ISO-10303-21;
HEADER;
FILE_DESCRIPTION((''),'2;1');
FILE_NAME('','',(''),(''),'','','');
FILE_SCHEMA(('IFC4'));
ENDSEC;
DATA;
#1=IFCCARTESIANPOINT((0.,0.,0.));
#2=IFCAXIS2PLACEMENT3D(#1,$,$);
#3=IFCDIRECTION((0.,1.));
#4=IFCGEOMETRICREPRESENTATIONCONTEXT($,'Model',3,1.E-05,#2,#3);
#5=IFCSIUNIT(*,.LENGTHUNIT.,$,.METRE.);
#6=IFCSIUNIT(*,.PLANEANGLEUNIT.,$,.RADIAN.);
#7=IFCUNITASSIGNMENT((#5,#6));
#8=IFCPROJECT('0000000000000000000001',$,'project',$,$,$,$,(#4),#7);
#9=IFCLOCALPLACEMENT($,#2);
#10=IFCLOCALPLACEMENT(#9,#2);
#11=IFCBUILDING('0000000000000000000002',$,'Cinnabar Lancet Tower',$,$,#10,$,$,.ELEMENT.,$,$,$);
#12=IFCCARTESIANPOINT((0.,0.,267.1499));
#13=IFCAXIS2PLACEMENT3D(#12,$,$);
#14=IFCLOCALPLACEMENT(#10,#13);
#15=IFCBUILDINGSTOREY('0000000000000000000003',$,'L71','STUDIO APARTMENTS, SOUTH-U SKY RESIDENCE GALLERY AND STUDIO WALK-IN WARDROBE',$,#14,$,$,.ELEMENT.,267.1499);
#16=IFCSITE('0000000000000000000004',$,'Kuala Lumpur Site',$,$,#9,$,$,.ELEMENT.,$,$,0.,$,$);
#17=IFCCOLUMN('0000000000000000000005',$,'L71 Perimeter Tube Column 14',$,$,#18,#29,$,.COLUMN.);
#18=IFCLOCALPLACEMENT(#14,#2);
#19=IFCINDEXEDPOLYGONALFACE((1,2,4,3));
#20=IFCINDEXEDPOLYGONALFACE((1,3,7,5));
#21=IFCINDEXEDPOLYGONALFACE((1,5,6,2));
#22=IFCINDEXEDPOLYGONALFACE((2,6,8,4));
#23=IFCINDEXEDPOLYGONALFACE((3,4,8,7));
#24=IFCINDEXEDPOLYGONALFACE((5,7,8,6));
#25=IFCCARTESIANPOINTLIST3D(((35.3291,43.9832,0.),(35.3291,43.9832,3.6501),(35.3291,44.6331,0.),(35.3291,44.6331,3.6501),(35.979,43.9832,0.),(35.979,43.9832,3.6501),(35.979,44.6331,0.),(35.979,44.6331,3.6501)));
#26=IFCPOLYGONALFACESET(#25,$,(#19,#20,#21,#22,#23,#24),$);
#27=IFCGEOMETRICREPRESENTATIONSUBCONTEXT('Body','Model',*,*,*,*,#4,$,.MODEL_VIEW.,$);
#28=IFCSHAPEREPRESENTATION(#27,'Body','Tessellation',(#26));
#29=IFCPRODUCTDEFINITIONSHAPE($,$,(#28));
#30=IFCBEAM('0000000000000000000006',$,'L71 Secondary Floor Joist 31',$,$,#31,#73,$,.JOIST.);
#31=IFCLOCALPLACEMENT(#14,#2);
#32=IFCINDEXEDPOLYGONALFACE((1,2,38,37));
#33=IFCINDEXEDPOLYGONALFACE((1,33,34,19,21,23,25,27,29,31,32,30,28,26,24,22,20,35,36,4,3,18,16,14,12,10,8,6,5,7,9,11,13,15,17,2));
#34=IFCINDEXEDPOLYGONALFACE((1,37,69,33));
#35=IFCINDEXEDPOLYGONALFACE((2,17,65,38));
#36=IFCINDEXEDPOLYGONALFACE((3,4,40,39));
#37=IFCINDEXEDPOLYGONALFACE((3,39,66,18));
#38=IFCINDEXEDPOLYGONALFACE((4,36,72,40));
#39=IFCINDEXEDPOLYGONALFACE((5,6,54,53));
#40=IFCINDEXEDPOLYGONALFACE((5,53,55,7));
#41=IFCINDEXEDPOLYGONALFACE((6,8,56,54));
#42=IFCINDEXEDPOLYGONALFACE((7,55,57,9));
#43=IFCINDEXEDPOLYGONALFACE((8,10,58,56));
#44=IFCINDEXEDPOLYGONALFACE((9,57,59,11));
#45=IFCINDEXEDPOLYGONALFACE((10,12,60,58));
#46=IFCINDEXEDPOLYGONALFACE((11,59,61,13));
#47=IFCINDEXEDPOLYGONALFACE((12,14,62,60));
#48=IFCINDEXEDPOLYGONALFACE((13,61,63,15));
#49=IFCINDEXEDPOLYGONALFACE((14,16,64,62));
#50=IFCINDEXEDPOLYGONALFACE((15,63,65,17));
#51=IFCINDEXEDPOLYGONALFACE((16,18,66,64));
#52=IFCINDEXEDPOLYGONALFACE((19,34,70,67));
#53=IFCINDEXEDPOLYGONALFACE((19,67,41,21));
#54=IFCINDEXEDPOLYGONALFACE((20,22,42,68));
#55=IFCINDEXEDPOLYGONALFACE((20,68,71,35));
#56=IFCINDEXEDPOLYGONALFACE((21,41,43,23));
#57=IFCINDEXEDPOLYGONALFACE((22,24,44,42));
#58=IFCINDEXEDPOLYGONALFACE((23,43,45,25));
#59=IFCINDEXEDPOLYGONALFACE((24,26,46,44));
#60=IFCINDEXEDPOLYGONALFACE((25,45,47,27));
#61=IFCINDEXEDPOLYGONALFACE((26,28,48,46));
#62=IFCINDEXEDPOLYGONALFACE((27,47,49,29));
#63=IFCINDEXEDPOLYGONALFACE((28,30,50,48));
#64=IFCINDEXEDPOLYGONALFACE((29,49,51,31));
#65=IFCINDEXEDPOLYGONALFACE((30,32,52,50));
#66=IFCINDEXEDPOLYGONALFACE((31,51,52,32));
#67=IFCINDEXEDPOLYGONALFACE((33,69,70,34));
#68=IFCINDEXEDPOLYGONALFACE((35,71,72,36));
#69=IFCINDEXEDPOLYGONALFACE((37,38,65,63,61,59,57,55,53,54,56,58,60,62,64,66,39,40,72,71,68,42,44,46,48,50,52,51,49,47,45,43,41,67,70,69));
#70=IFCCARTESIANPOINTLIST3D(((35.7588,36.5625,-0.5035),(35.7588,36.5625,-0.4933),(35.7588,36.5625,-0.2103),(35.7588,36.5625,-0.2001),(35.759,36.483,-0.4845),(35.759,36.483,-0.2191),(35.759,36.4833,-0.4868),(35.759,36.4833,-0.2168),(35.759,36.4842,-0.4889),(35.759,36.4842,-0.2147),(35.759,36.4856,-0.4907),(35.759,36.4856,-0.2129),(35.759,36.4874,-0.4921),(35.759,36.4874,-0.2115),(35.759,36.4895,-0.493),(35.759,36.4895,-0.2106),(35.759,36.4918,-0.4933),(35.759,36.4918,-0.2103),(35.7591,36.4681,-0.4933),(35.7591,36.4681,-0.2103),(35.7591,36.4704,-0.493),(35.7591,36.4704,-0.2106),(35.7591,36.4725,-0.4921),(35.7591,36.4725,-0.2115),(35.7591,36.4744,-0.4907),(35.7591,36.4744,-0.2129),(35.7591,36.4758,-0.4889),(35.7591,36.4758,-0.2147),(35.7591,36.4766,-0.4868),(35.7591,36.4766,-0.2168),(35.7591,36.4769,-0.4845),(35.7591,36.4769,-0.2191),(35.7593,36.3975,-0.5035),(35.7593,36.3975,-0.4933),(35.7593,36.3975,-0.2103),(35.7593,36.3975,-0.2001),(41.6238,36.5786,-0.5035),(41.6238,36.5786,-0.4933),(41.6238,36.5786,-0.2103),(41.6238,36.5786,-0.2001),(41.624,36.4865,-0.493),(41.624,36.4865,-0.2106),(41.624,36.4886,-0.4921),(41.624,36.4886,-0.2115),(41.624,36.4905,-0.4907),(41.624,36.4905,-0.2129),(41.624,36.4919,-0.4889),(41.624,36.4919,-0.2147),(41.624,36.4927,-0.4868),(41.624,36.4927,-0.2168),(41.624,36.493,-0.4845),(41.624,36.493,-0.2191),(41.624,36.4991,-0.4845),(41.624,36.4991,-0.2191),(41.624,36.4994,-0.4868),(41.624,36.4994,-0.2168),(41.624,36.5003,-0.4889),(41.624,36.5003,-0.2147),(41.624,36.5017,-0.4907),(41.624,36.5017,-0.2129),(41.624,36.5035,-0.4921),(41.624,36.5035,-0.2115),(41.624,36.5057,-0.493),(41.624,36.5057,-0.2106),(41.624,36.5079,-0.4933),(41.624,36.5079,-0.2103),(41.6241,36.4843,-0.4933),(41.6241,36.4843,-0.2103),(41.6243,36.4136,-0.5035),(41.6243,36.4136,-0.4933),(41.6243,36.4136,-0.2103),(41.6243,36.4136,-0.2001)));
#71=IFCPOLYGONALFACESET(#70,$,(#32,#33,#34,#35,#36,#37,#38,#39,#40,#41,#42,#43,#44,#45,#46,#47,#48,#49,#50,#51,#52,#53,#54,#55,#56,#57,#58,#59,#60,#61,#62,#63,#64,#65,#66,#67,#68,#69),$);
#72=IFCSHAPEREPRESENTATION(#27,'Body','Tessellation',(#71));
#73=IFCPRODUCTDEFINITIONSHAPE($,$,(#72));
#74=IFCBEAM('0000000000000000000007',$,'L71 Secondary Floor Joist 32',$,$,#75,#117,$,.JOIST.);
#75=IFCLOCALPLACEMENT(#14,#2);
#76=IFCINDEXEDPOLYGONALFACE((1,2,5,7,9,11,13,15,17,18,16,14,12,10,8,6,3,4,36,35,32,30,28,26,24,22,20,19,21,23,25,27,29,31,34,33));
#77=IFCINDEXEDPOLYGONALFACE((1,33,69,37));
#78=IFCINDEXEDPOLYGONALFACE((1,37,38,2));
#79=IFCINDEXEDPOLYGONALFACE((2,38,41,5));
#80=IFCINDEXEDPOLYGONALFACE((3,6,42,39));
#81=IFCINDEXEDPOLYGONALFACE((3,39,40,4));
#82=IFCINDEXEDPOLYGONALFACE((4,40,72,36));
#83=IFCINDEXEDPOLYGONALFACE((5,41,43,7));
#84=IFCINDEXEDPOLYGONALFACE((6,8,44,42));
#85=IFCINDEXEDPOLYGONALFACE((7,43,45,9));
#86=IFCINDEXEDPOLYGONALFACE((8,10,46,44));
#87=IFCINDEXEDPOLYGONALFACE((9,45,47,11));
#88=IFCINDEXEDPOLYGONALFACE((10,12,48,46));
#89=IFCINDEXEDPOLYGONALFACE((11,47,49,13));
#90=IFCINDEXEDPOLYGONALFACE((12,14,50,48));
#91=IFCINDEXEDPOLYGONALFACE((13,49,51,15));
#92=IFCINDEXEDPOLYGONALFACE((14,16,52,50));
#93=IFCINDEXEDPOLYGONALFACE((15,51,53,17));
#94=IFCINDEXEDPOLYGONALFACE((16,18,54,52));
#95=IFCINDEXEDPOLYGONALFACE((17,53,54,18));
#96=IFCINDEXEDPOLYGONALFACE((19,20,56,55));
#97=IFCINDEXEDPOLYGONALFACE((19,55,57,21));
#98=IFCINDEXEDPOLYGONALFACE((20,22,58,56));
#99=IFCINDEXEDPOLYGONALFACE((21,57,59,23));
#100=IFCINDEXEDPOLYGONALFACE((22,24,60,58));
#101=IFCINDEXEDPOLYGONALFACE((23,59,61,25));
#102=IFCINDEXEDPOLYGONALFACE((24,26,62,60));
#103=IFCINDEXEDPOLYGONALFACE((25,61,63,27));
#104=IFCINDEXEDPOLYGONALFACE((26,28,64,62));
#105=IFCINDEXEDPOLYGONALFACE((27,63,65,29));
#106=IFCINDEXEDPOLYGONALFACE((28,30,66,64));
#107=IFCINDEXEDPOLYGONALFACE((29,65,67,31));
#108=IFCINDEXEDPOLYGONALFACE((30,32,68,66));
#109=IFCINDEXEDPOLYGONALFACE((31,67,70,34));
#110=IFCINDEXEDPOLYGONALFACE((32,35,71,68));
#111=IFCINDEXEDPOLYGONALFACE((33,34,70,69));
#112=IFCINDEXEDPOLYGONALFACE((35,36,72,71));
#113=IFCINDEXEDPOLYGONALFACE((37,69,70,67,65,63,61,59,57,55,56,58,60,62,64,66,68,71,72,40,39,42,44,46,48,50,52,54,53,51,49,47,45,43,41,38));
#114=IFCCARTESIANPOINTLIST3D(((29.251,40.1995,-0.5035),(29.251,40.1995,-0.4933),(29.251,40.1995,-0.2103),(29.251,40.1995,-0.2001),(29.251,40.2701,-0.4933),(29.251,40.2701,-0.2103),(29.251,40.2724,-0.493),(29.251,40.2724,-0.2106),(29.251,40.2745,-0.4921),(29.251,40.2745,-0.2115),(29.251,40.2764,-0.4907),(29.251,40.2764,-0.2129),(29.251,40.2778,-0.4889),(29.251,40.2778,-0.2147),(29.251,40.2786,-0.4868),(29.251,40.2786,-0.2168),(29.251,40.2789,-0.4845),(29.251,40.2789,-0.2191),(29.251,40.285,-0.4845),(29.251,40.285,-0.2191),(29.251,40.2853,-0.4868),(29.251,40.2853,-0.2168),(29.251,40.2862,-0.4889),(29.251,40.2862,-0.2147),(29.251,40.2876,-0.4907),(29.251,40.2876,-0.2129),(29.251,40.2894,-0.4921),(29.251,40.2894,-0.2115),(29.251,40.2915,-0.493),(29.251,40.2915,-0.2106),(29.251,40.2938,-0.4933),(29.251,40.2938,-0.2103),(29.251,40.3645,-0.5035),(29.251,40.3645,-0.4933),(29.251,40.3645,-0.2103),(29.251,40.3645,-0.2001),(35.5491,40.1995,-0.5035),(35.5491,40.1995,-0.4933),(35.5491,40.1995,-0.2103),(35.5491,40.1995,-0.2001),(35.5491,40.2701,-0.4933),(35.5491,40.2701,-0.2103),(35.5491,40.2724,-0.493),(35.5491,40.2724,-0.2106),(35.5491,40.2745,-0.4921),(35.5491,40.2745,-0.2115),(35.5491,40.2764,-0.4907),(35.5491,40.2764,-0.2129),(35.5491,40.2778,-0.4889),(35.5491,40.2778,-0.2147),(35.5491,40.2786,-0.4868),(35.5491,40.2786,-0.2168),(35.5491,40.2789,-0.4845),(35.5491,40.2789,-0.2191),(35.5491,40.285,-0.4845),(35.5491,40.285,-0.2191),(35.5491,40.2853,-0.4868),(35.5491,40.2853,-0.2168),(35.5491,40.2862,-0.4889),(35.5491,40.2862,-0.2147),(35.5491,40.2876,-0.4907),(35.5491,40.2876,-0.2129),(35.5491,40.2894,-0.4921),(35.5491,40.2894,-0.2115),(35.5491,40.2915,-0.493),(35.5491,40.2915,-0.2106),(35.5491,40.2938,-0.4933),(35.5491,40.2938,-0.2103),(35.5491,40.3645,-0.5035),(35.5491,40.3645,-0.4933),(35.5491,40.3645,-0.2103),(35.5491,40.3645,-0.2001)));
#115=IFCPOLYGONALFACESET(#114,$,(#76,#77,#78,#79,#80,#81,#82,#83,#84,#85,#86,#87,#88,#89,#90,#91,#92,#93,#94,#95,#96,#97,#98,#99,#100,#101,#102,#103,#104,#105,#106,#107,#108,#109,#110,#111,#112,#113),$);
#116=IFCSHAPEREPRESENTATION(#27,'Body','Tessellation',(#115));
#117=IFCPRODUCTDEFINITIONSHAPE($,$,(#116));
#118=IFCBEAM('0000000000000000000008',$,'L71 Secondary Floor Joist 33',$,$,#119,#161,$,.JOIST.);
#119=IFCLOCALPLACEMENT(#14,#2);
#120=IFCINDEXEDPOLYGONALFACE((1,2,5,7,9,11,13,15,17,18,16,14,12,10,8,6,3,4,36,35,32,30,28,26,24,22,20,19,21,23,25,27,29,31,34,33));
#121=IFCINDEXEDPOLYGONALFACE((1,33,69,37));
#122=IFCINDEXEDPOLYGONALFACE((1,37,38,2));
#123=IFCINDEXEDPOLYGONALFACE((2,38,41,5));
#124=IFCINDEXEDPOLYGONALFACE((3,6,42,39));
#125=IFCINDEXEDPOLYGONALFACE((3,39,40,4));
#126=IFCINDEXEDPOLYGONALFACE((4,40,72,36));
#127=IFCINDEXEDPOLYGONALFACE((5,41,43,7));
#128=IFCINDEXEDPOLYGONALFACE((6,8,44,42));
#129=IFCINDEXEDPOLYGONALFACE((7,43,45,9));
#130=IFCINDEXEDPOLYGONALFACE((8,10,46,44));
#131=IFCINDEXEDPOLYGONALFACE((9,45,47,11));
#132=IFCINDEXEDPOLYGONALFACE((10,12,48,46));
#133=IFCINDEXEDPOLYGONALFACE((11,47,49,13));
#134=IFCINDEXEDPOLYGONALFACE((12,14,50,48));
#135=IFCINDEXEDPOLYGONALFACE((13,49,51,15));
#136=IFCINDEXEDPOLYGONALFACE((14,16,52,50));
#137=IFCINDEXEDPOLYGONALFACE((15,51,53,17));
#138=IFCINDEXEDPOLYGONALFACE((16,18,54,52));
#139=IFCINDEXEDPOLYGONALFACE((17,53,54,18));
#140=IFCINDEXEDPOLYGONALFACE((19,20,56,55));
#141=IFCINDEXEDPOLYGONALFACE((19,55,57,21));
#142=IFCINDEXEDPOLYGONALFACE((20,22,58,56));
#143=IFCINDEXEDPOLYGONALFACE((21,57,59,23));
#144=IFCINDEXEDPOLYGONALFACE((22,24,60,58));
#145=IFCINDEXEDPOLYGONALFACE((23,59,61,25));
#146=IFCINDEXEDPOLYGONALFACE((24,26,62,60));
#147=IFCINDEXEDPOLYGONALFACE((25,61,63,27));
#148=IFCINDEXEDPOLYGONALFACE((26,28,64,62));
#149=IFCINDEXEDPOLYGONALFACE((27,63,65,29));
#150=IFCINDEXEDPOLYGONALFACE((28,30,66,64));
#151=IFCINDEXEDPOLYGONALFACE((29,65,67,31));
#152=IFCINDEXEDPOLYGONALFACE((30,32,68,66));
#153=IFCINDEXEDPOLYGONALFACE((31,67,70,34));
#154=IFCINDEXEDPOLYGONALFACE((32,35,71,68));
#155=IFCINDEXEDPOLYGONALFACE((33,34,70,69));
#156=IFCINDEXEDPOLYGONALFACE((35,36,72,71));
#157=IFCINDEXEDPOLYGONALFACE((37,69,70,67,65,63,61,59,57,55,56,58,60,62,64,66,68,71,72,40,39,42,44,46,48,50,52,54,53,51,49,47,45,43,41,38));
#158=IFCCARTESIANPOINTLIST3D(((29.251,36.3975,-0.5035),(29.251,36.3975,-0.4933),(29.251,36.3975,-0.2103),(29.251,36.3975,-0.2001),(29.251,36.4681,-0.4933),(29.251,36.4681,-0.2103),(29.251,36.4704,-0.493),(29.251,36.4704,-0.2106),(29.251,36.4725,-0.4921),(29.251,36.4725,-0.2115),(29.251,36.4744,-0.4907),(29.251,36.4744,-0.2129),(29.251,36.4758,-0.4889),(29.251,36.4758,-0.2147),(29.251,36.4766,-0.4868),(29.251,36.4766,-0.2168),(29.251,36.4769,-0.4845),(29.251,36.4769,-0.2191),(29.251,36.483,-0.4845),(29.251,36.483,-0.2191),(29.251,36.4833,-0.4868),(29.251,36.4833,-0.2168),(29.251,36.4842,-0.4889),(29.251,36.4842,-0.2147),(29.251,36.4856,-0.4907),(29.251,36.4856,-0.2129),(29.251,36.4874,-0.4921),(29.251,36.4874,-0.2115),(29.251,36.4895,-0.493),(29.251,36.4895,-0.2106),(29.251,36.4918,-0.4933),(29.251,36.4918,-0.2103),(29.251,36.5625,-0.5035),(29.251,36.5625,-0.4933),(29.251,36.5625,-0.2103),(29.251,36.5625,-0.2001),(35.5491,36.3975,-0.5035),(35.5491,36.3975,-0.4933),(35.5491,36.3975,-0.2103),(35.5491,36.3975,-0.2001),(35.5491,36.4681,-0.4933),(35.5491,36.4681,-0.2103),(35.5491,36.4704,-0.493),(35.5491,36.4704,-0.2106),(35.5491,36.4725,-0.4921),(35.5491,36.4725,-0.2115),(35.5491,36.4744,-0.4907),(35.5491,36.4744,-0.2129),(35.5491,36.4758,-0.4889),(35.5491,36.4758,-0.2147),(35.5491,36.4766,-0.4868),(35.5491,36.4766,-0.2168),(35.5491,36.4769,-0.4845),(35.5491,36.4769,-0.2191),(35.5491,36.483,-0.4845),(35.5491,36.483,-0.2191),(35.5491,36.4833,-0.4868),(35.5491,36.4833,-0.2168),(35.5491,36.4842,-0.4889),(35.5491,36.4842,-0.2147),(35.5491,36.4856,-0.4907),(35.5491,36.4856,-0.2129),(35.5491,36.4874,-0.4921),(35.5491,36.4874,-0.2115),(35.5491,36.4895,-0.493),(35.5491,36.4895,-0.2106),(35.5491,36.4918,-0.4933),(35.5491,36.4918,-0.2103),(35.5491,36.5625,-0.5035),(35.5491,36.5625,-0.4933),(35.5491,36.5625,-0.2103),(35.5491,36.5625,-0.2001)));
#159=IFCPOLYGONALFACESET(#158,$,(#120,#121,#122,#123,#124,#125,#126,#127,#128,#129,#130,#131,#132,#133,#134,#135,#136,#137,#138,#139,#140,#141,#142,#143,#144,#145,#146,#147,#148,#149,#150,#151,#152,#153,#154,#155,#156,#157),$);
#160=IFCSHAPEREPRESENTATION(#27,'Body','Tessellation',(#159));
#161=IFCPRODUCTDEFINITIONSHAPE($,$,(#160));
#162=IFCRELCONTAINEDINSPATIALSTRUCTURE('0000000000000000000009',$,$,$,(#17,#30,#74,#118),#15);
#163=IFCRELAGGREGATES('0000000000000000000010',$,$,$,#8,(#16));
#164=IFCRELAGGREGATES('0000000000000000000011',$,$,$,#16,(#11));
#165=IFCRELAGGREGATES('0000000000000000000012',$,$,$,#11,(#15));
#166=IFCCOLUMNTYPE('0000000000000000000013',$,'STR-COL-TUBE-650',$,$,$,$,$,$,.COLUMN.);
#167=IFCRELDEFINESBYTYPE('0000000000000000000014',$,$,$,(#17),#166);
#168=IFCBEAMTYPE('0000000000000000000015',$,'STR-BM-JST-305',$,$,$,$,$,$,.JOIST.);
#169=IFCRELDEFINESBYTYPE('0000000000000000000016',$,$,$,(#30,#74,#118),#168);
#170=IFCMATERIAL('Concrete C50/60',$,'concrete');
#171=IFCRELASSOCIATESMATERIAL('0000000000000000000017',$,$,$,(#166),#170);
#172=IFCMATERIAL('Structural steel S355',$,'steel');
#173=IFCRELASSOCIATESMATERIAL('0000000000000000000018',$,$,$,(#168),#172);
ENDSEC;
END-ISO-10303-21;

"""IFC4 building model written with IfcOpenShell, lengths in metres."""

from ifc_helpers import new_model, si_unit, direction, frame, origin, origin_2d, place, context, subcontext, project, spatial, rectangle, i_section, extrude, material, material_profile, profile_set, type_object, element, save


model = new_model("IFC4")

# Units and contexts
model_context = context("Model", 3, precision=1e-05, world=origin(), true_north=direction((0.0, 1.0)))
body_context = subcontext(model_context, "Body", "Model", "MODEL_VIEW")
ifc_project = project(units=[si_unit("LENGTHUNIT", "METRE"), si_unit("PLANEANGLEUNIT", "RADIAN")], contexts=[model_context])

# Site, building, storey
site_placement = place(None, origin())
site = spatial("IfcSite", under=ifc_project, at=site_placement, Name="Kuala Lumpur Site", CompositionType="ELEMENT", RefElevation=0.0)
building_placement = place(site_placement, origin())
building = spatial("IfcBuilding", under=site, at=building_placement, Name="Cinnabar Lancet Tower", CompositionType="ELEMENT")
storey_placement = place(building_placement, frame((0.0, 0.0, 267.1499)))
storey = spatial("IfcBuildingStorey", under=building, at=storey_placement, Name="L71", Description="STUDIO APARTMENTS, SOUTH-U SKY RESIDENCE GALLERY AND STUDIO WALK-IN WARDROBE", CompositionType="ELEMENT", Elevation=267.1499)

# Column
ifc_material_1 = material(Name="Concrete C50/60", Category="concrete")
ifc_material_profile_1 = material_profile(ifc_material_1, rectangle(XDim=0.6499, YDim=0.6499, at=origin_2d()), Name="RC-COL 650x650")
ifc_profile_set_1 = profile_set([ifc_material_profile_1], Name="Concrete C50/60")
column_type = type_object("IfcColumnType", Name="STR-COL-TUBE-650", PredefinedType="COLUMN", material=ifc_profile_set_1)
column_placement = place(storey_placement, frame((35.6541, 44.3081, 0.0), z_axis=(0.0, 0.0, 1.0), x_axis=(1.0, 0.0, 0.0)))
element("IfcColumn", 1, at=column_placement, inside=storey, type_object=column_type, Name="L71 Perimeter Tube Column 14", PredefinedType="COLUMN", context=body_context, shape_type="SweptSolid", body=[
    extrude(rectangle(XDim=0.6499, YDim=0.6499, at=origin_2d()), origin(), (0.0, 0.0, 1.0), 3.6501),
])

# Beams
ifc_material_2 = material(Name="Structural steel S355", Category="steel")
ifc_material_profile_2 = material_profile(ifc_material_2, i_section(OverallWidth=0.165, OverallDepth=0.3035, WebThickness=0.0061, FlangeThickness=0.0103, FilletRadius=0.0088, at=origin_2d()), Name="UKB 305x165x40")
ifc_profile_set_2 = profile_set([ifc_material_profile_2], Name="Structural steel S355")
beam_type_1 = type_object("IfcBeamType", Name="STR-BM-JST-305", PredefinedType="JOIST", material=ifc_profile_set_2)
beam_1_placement = place(storey_placement, frame((41.624, 36.4961, -0.3518), z_axis=(-0.999996, -0.002747, 0.0), x_axis=(0.002747, -0.999996, 0.0)))
element("IfcBeam", 2, at=beam_1_placement, inside=storey, type_object=beam_type_1, Name="L71 Secondary Floor Joist 31", PredefinedType="JOIST", context=body_context, shape_type="SweptSolid", body=[
    extrude(i_section(OverallWidth=0.165, OverallDepth=0.3035, WebThickness=0.0061, FlangeThickness=0.0103, FilletRadius=0.0088, at=origin_2d()), origin(), (0.0, 0.0, 1.0), 5.865),
])
for number, where, z_axis, x_axis, name in (
    (3, (35.5491, 40.282, -0.3518), (-1.0, 0.0, 0.0), (0.0, -1.0, 0.0), "L71 Secondary Floor Joist 32"),
    (4, (35.5491, 36.48, -0.3518), (-1.0, 0.0, 0.0), (0.0, -1.0, 0.0), "L71 Secondary Floor Joist 33"),
):
    element("IfcBeam", number, at=place(storey_placement, frame(where, z_axis=z_axis, x_axis=x_axis)), inside=storey, type_object=beam_type_1, Name=name, PredefinedType="JOIST", context=body_context, shape_type="SweptSolid", body=[
        extrude(i_section(OverallWidth=0.165, OverallDepth=0.3035, WebThickness=0.0061, FlangeThickness=0.0103, FilletRadius=0.0088, at=origin_2d()), origin(), (0.0, 0.0, 1.0), 6.2981),
    ])

save(model, "model.ifc")
